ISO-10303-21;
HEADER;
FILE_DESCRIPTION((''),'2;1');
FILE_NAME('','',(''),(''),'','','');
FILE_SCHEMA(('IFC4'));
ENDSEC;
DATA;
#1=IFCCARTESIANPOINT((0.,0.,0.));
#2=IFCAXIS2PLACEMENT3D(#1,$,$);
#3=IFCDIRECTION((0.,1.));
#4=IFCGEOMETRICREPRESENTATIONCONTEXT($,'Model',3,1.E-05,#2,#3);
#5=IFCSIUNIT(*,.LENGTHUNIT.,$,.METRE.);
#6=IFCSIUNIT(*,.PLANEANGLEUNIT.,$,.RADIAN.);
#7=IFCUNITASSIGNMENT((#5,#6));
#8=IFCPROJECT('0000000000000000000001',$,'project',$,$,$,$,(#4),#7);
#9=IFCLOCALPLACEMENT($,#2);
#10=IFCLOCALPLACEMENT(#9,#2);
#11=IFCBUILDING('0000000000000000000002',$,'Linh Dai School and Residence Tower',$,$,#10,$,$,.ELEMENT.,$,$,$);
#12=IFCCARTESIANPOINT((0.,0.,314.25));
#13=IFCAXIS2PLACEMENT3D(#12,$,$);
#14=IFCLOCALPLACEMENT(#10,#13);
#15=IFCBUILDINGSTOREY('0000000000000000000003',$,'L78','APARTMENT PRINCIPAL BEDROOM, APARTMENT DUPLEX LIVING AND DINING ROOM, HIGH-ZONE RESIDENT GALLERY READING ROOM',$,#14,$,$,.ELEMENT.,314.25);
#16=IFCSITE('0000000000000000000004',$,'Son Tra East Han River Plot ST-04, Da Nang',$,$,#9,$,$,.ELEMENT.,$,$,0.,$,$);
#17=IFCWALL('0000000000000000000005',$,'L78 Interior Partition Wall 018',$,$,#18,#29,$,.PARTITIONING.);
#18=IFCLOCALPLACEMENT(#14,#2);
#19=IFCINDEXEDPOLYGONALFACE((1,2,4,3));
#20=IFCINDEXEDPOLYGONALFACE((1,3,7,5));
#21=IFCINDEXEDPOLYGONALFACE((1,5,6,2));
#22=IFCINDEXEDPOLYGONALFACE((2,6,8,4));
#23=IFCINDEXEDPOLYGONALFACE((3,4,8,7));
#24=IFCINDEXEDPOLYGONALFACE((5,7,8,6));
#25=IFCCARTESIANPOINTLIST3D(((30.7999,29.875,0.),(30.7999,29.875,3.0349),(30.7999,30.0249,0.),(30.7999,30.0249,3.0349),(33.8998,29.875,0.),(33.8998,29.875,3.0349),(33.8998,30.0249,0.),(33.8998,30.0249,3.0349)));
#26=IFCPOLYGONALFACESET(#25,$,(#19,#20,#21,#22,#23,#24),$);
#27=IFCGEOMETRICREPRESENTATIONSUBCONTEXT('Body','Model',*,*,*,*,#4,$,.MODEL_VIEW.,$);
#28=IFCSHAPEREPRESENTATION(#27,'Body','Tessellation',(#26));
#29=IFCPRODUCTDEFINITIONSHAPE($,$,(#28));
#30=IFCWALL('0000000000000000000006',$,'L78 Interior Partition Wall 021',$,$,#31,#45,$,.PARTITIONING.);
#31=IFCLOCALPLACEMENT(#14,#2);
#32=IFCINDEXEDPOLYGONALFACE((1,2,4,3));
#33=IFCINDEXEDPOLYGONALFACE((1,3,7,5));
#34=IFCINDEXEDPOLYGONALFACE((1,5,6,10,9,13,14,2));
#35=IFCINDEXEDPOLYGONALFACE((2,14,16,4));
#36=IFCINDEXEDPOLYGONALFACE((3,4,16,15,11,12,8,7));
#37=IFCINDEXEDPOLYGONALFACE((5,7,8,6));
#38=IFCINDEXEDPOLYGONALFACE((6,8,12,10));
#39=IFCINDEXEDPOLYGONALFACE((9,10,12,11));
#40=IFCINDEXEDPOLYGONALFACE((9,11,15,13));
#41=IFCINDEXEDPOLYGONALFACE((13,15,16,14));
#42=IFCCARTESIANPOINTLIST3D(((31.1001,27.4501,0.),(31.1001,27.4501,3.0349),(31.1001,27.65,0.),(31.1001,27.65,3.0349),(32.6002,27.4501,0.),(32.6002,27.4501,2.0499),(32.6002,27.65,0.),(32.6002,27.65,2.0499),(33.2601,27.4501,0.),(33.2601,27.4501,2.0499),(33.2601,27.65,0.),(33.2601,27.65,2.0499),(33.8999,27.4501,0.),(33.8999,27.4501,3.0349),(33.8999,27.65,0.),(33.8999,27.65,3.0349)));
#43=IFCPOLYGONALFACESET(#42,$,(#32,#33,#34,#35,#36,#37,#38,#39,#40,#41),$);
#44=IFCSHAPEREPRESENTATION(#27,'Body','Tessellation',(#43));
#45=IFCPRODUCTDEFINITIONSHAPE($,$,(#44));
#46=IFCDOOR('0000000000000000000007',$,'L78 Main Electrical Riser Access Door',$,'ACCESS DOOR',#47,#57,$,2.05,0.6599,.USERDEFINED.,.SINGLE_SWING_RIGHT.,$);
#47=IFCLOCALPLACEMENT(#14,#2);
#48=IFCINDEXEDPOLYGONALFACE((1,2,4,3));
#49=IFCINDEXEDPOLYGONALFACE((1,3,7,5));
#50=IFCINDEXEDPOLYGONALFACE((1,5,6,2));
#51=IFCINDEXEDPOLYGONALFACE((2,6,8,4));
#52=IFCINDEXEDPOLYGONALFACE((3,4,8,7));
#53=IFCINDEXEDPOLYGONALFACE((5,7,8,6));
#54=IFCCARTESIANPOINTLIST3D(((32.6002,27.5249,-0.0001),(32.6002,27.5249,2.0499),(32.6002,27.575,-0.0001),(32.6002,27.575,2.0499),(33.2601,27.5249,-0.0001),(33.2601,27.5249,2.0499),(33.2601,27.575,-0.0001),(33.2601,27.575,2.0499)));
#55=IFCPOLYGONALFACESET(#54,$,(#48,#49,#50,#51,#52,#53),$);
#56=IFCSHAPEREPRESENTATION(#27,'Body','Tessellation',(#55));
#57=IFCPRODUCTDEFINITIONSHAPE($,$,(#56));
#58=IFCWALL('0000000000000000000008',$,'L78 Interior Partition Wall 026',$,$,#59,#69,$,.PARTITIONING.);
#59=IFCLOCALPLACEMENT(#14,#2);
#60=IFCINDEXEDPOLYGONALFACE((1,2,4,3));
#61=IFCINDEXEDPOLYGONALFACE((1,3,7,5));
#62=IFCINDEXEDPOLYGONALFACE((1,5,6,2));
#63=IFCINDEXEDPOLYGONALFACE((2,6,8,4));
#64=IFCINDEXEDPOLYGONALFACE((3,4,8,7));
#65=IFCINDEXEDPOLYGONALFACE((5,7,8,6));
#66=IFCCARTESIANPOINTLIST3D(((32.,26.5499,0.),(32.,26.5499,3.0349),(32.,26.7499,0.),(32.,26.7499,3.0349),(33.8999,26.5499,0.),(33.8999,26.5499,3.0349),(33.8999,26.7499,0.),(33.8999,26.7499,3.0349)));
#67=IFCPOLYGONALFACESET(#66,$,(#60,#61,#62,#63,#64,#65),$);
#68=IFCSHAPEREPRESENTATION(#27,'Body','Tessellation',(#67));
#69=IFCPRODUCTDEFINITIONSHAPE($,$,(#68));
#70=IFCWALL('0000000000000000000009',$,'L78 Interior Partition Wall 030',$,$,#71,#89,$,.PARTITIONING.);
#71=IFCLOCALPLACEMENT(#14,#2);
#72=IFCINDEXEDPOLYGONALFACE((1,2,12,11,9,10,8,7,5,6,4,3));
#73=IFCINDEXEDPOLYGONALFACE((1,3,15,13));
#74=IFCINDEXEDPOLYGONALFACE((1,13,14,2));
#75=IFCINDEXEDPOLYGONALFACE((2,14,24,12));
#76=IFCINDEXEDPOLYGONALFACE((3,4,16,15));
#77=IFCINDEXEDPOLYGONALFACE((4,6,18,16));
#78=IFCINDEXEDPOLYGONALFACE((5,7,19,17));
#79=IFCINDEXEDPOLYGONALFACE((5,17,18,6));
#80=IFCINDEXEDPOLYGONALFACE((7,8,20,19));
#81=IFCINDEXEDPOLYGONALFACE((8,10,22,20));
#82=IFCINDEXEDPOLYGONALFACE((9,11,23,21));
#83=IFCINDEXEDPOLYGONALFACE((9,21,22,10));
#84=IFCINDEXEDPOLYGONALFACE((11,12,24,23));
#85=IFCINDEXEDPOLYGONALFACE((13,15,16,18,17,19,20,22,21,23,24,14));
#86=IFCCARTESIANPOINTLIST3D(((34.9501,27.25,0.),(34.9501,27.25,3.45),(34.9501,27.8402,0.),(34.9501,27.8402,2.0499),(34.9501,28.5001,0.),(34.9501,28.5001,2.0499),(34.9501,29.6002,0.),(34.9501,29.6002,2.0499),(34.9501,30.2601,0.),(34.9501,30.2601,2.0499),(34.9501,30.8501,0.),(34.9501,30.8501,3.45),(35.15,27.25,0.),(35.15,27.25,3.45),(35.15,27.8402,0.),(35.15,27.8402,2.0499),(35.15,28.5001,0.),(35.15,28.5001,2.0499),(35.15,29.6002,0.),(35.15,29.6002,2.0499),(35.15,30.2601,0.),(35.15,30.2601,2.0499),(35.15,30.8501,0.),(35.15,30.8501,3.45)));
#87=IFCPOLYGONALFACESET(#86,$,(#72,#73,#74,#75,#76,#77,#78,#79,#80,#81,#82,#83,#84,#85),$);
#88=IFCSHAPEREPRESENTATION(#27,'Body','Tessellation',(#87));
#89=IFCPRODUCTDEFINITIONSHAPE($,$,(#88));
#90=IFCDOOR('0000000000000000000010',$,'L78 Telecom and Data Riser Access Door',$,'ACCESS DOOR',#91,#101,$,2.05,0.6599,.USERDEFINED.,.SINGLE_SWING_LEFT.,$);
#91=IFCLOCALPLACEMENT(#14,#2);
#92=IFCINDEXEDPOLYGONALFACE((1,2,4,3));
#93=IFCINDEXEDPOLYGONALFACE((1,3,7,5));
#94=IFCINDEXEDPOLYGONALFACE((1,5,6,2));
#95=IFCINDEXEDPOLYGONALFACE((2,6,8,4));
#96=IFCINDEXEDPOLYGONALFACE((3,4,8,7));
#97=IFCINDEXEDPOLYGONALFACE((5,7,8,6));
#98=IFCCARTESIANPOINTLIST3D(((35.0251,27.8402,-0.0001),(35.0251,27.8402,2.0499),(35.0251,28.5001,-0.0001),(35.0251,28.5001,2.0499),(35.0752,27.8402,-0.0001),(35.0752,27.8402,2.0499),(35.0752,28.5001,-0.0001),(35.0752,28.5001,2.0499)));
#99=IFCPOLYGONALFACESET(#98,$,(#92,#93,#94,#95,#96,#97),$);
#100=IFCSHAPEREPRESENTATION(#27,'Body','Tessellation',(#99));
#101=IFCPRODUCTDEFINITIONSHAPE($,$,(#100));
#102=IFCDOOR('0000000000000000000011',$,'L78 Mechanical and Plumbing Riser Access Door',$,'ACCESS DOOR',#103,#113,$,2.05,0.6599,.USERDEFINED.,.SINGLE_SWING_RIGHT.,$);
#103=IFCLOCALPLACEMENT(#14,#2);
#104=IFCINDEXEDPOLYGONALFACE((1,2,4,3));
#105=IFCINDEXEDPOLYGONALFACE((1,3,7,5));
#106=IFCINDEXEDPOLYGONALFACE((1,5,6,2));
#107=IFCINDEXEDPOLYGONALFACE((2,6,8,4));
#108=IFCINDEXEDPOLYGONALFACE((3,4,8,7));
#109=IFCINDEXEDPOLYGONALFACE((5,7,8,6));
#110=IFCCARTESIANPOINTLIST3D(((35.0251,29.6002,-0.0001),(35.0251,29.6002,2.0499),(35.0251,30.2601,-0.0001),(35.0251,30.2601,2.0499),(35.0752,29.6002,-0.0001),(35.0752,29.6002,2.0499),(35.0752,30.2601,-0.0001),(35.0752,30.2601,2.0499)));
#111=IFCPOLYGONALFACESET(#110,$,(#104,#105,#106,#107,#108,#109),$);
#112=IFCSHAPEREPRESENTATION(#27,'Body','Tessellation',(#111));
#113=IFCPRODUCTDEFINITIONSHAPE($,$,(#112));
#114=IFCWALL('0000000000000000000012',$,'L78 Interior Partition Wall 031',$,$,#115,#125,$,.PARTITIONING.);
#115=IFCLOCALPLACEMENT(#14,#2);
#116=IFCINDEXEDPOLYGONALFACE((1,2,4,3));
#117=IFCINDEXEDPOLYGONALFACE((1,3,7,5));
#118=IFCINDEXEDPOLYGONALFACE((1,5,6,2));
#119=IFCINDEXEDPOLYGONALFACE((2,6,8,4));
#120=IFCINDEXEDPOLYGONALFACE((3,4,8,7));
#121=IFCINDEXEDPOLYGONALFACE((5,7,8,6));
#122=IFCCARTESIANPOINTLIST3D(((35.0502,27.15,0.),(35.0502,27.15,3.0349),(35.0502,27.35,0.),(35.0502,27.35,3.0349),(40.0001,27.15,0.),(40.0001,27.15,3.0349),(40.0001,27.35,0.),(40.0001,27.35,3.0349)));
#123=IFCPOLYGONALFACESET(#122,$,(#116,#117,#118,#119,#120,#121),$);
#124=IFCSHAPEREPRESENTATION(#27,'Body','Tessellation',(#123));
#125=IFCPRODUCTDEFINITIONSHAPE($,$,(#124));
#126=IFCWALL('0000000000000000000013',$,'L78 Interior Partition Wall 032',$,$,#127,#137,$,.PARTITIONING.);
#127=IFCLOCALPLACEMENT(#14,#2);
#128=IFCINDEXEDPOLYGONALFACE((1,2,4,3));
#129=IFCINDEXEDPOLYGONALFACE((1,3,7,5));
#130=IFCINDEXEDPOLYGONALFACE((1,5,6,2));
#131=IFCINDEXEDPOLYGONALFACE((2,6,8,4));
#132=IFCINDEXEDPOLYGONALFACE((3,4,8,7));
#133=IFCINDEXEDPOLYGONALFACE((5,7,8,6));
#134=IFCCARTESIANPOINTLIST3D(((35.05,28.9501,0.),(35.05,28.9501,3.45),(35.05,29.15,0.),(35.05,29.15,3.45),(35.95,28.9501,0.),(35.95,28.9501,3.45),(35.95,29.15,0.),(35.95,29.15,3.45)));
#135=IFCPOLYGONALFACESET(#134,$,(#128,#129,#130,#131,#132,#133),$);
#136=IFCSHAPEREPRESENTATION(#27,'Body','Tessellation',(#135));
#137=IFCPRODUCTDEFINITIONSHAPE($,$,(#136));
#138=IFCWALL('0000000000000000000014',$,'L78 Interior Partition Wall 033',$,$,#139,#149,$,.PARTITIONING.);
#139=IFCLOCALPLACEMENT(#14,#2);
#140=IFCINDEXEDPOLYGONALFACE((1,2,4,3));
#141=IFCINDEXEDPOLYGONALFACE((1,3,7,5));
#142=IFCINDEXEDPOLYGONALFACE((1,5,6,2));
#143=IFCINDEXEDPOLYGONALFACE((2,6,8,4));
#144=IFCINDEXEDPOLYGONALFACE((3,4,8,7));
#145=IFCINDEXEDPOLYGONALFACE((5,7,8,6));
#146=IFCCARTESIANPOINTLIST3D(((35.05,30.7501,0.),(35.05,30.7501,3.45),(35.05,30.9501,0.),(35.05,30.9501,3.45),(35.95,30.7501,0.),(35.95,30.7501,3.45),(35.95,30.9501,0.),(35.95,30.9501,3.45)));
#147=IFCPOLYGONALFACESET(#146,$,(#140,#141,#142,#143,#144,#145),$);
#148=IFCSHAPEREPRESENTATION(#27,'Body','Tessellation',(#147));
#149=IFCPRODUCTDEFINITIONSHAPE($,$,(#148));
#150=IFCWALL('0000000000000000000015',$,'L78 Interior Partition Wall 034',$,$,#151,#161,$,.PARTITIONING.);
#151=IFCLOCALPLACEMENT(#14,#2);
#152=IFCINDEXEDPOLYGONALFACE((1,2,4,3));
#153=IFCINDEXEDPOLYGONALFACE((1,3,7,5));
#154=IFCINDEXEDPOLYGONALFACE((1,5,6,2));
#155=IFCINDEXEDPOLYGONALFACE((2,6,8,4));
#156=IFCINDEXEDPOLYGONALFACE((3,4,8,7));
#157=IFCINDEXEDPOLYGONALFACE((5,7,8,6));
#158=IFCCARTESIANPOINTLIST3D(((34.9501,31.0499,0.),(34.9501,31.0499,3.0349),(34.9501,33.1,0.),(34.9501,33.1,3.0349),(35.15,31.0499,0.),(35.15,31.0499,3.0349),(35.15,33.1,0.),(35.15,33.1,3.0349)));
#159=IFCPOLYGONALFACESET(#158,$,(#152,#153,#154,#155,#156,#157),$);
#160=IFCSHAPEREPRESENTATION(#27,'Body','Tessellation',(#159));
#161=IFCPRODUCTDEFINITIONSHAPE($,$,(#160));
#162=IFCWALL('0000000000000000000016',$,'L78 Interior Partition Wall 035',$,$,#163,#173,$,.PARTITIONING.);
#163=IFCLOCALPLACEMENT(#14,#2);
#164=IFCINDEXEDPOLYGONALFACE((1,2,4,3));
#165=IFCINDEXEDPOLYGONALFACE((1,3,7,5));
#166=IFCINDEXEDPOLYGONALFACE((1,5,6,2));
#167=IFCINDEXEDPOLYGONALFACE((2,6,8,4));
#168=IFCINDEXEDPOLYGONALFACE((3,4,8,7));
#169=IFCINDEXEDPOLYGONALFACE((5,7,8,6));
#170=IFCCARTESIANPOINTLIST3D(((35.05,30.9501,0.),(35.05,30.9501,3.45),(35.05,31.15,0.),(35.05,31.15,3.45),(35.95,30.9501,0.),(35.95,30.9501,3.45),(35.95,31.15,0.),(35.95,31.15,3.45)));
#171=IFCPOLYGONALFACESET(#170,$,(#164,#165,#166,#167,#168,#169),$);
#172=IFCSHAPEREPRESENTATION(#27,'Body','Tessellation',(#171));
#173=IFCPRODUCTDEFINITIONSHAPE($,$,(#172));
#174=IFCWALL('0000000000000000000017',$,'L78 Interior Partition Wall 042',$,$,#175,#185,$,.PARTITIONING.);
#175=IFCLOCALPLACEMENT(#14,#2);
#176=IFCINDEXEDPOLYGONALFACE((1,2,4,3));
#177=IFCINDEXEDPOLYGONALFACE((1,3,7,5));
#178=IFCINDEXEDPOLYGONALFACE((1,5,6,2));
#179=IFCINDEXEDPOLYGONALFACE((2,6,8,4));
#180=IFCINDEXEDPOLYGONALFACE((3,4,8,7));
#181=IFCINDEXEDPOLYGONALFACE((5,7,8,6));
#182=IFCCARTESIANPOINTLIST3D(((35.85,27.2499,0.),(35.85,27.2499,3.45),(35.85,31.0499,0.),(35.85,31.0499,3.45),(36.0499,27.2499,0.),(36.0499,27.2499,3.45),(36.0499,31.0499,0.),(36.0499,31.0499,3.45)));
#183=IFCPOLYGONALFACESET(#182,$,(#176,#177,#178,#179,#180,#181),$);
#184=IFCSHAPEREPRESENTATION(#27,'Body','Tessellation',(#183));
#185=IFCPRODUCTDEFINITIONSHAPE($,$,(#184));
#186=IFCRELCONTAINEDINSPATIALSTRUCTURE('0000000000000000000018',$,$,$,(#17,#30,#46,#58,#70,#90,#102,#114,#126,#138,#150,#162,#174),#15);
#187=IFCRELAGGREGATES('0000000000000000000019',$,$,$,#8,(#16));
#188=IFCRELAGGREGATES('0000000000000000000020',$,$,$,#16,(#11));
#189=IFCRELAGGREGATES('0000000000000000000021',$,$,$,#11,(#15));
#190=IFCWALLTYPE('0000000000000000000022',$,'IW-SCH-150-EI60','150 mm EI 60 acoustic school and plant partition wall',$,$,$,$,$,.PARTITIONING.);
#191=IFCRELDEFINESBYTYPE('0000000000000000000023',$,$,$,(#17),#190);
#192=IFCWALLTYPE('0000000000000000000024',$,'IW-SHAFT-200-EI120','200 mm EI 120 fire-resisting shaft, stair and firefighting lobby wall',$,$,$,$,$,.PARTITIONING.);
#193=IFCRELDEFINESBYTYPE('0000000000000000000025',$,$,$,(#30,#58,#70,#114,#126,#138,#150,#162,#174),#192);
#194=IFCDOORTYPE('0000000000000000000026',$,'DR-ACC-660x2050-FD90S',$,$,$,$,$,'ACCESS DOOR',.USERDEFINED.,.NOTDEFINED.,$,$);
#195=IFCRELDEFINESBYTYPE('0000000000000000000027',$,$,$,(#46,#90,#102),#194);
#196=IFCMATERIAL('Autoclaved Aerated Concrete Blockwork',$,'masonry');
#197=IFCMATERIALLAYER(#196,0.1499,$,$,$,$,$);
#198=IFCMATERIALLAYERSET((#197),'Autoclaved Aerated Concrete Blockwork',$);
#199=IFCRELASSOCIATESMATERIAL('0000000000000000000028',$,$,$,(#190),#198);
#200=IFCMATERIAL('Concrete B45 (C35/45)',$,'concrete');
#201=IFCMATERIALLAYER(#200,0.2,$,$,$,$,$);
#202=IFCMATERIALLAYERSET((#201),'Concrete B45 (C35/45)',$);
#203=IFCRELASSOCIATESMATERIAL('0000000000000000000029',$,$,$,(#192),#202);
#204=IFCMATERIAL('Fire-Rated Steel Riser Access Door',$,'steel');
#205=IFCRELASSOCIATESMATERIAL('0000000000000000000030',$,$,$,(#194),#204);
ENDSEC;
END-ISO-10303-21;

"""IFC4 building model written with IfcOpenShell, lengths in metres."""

from ifc_helpers import new_model, si_unit, direction, frame, frame_2d, origin, origin_2d, place, context, subcontext, project, spatial, rectangle, extrude, source, transform, mapped, material, layer, layer_set, type_object, element, fill, save


model = new_model("IFC4")

# Units and contexts
model_context = context("Model", 3, precision=1e-05, world=origin(), true_north=direction((0.0, 1.0)))
body_context = subcontext(model_context, "Body", "Model", "MODEL_VIEW")
ifc_project = project(units=[si_unit("LENGTHUNIT", "METRE"), si_unit("PLANEANGLEUNIT", "RADIAN")], contexts=[model_context])

# Site, building, storey
site_placement = place(None, origin())
site = spatial("IfcSite", under=ifc_project, at=site_placement, Name="Son Tra East Han River Plot ST-04, Da Nang", CompositionType="ELEMENT", RefElevation=0.0)
building_placement = place(site_placement, origin())
building = spatial("IfcBuilding", under=site, at=building_placement, Name="Linh Dai School and Residence Tower", CompositionType="ELEMENT")
storey_placement = place(building_placement, frame((0.0, 0.0, 314.25)))
storey = spatial("IfcBuildingStorey", under=building, at=storey_placement, Name="L78", Description="APARTMENT PRINCIPAL BEDROOM, APARTMENT DUPLEX LIVING AND DINING ROOM, HIGH-ZONE RESIDENT GALLERY READING ROOM", CompositionType="ELEMENT", Elevation=314.25)

# Shared definitions
ifc_material_1 = material(Name="Autoclaved Aerated Concrete Blockwork", Category="masonry")

# Wall
ifc_layer_1 = layer(ifc_material_1, 0.1499)
ifc_layer_set_1 = layer_set([ifc_layer_1], Name="Autoclaved Aerated Concrete Blockwork")
wall_type_1 = type_object("IfcWallType", Name="IW-SCH-150-EI60", Description="150 mm EI 60 acoustic school and plant partition wall", PredefinedType="PARTITIONING", material=ifc_layer_set_1)
wall_1_placement = place(storey_placement, frame((30.8, 29.95, 0.0), z_axis=(0.0, 0.0, 1.0), x_axis=(1.0, 0.0, 0.0)))
element("IfcWall", 1, at=wall_1_placement, inside=storey, type_object=wall_type_1, Name="L78 Interior Partition Wall 018", PredefinedType="PARTITIONING", context=body_context, shape_type="SweptSolid", body=[
    extrude(rectangle(XDim=3.0999, YDim=0.1499, at=frame_2d((1.5498, 0.0))), origin(), (0.0, 0.0, 1.0), 3.0349),
])

# Wall, opening, door
ifc_material_2 = material(Name="Concrete B45 (C35/45)", Category="concrete")
ifc_layer_2 = layer(ifc_material_2, 0.2)
ifc_layer_set_2 = layer_set([ifc_layer_2], Name="Concrete B45 (C35/45)")
wall_type_2 = type_object("IfcWallType", Name="IW-SHAFT-200-EI120", Description="200 mm EI 120 fire-resisting shaft, stair and firefighting lobby wall", PredefinedType="PARTITIONING", material=ifc_layer_set_2)
wall_2_placement = place(storey_placement, frame((31.1001, 27.55, 0.0), z_axis=(0.0, 0.0, 1.0), x_axis=(1.0, 0.0, 0.0)))
wall_2 = element("IfcWall", 2, at=wall_2_placement, inside=storey, type_object=wall_type_2, Name="L78 Interior Partition Wall 021", PredefinedType="PARTITIONING", context=body_context, shape_type="SweptSolid", body=[
    extrude(rectangle(XDim=2.7998, YDim=0.2, at=frame_2d((1.3999, 0.0))), origin(), (0.0, 0.0, 1.0), 3.0349),
])
opening_1_placement = place(wall_2_placement, frame((1.5, 0.0, 0.0)))
opening_1 = element("IfcOpeningElement", 3, at=opening_1_placement, cuts=wall_2, PredefinedType="OPENING", context=body_context, shape_type="SweptSolid", body=[
    extrude(rectangle(XDim=0.6599, YDim=2.05, at=origin_2d()), frame((0.3301, 0.1099, 1.0249), z_axis=(0.0, -1.0, 0.0), x_axis=(1.0, 0.0, 0.0)), (0.0, 0.0, 1.0), 0.22),
])
ifc_material_3 = material(Name="Fire-Rated Steel Riser Access Door", Category="steel")
door_type_1 = type_object("IfcDoorType", Name="DR-ACC-660x2050-FD90S", ElementType="ACCESS DOOR", OperationType="NOTDEFINED", PredefinedType="USERDEFINED", material=ifc_material_3)
shared_shape_1 = source(origin(), body_context, "Body", "SweptSolid", [
    extrude(rectangle(XDim=0.6599, YDim=2.05, at=origin_2d()), frame((0.3301, 0.0249, 1.0249), z_axis=(0.0, -1.0, 0.0), x_axis=(1.0, 0.0, 0.0)), (0.0, 0.0, 1.0), 0.05),
])
door_1_placement = place(opening_1_placement, origin())
door_1 = element("IfcDoor", 4, at=door_1_placement, inside=storey, type_object=door_type_1, Name="L78 Main Electrical Riser Access Door", ObjectType="ACCESS DOOR", OperationType="SINGLE_SWING_RIGHT", OverallHeight=2.05, OverallWidth=0.6599, PredefinedType="USERDEFINED", context=body_context, shape_type="MappedRepresentation", body=[
    mapped(shared_shape_1, transform((0.0, 0.0, 0.0), x_axis=(1.0, 0.0, 0.0), y_axis=(0.0, 1.0, 0.0), z_axis=(0.0, 0.0, 1.0), scale=1.0)),
])
fill(opening_1, door_1)

# Wall
wall_3_placement = place(storey_placement, frame((32.0, 26.6499, 0.0), z_axis=(0.0, 0.0, 1.0), x_axis=(1.0, 0.0, 0.0)))
element("IfcWall", 5, at=wall_3_placement, inside=storey, type_object=wall_type_2, Name="L78 Interior Partition Wall 026", PredefinedType="PARTITIONING", context=body_context, shape_type="SweptSolid", body=[
    extrude(rectangle(XDim=1.8999, YDim=0.2, at=frame_2d((0.95, 0.0))), origin(), (0.0, 0.0, 1.0), 3.0349),
])

# Wall, openings, doors
wall_4_placement = place(storey_placement, frame((35.05, 27.25, 0.0), z_axis=(0.0, 0.0, 1.0), x_axis=(0.0, 1.0, 0.0)))
wall_4 = element("IfcWall", 6, at=wall_4_placement, inside=storey, type_object=wall_type_2, Name="L78 Interior Partition Wall 030", PredefinedType="PARTITIONING", context=body_context, shape_type="SweptSolid", body=[
    extrude(rectangle(XDim=3.6001, YDim=0.2, at=frame_2d((1.8, 0.0))), origin(), (0.0, 0.0, 1.0), 3.45),
])
opening_2_placement = place(wall_4_placement, frame((0.5901, 0.0, 0.0)))
opening_2 = element("IfcOpeningElement", 7, at=opening_2_placement, cuts=wall_4, PredefinedType="OPENING", context=body_context, shape_type="SweptSolid", body=[
    extrude(rectangle(XDim=0.6599, YDim=2.05, at=origin_2d()), frame((0.3301, 0.1099, 1.0249), z_axis=(0.0, -1.0, 0.0), x_axis=(1.0, 0.0, 0.0)), (0.0, 0.0, 1.0), 0.22),
])
opening_3_placement = place(wall_4_placement, frame((2.3501, 0.0, 0.0)))
opening_3 = element("IfcOpeningElement", 8, at=opening_3_placement, cuts=wall_4, PredefinedType="OPENING", context=body_context, shape_type="SweptSolid", body=[
    extrude(rectangle(XDim=0.6599, YDim=2.05, at=origin_2d()), frame((0.3301, 0.1099, 1.0249), z_axis=(0.0, -1.0, 0.0), x_axis=(1.0, 0.0, 0.0)), (0.0, 0.0, 1.0), 0.22),
])
door_2_placement = place(opening_2_placement, origin())
door_2 = element("IfcDoor", 9, at=door_2_placement, inside=storey, type_object=door_type_1, Name="L78 Telecom and Data Riser Access Door", ObjectType="ACCESS DOOR", OperationType="SINGLE_SWING_LEFT", OverallHeight=2.05, OverallWidth=0.6599, PredefinedType="USERDEFINED", context=body_context, shape_type="MappedRepresentation", body=[
    mapped(shared_shape_1, transform((0.0, 0.0, 0.0), x_axis=(1.0, 0.0, 0.0), y_axis=(0.0, 1.0, 0.0), z_axis=(0.0, 0.0, 1.0), scale=1.0)),
])
fill(opening_2, door_2)
door_3_placement = place(opening_3_placement, origin())
door_3 = element("IfcDoor", 10, at=door_3_placement, inside=storey, type_object=door_type_1, Name="L78 Mechanical and Plumbing Riser Access Door", ObjectType="ACCESS DOOR", OperationType="SINGLE_SWING_RIGHT", OverallHeight=2.05, OverallWidth=0.6599, PredefinedType="USERDEFINED", context=body_context, shape_type="MappedRepresentation", body=[
    mapped(shared_shape_1, transform((0.0, 0.0, 0.0), x_axis=(1.0, 0.0, 0.0), y_axis=(0.0, 1.0, 0.0), z_axis=(0.0, 0.0, 1.0), scale=1.0)),
])
fill(opening_3, door_3)

# Walls
wall_5_placement = place(storey_placement, frame((35.05, 27.25, 0.0), z_axis=(0.0, 0.0, 1.0), x_axis=(1.0, 0.0, 0.0)))
element("IfcWall", 11, at=wall_5_placement, inside=storey, type_object=wall_type_2, Name="L78 Interior Partition Wall 031", PredefinedType="PARTITIONING", context=body_context, shape_type="SweptSolid", body=[
    extrude(rectangle(XDim=4.95, YDim=0.2, at=frame_2d((2.4751, 0.0))), origin(), (0.0, 0.0, 1.0), 3.0349),
])
for number, where, z_axis, x_axis, name in (
    (12, (35.05, 29.05, 0.0), (0.0, 0.0, 1.0), (1.0, 0.0, 0.0), "L78 Interior Partition Wall 032"),
    (13, (35.05, 30.8501, 0.0), (0.0, 0.0, 1.0), (1.0, 0.0, 0.0), "L78 Interior Partition Wall 033"),
):
    element("IfcWall", number, at=place(storey_placement, frame(where, z_axis=z_axis, x_axis=x_axis)), inside=storey, type_object=wall_type_2, Name=name, PredefinedType="PARTITIONING", context=body_context, shape_type="SweptSolid", body=[
        extrude(rectangle(XDim=0.8999, YDim=0.2, at=frame_2d((0.45, 0.0))), origin(), (0.0, 0.0, 1.0), 3.45),
    ])
wall_6_placement = place(storey_placement, frame((35.05, 31.05, 0.0), z_axis=(0.0, 0.0, 1.0), x_axis=(0.0, 1.0, 0.0)))
element("IfcWall", 14, at=wall_6_placement, inside=storey, type_object=wall_type_2, Name="L78 Interior Partition Wall 034", PredefinedType="PARTITIONING", context=body_context, shape_type="SweptSolid", body=[
    extrude(rectangle(XDim=2.05, YDim=0.2, at=frame_2d((1.0249, 0.0))), origin(), (0.0, 0.0, 1.0), 3.0349),
])
wall_7_placement = place(storey_placement, frame((35.05, 31.05, 0.0), z_axis=(0.0, 0.0, 1.0), x_axis=(1.0, 0.0, 0.0)))
element("IfcWall", 15, at=wall_7_placement, inside=storey, type_object=wall_type_2, Name="L78 Interior Partition Wall 035", PredefinedType="PARTITIONING", context=body_context, shape_type="SweptSolid", body=[
    extrude(rectangle(XDim=0.8999, YDim=0.2, at=frame_2d((0.45, 0.0))), origin(), (0.0, 0.0, 1.0), 3.45),
])
wall_8_placement = place(storey_placement, frame((35.95, 27.25, 0.0), z_axis=(0.0, 0.0, 1.0), x_axis=(0.0, 1.0, 0.0)))
element("IfcWall", 16, at=wall_8_placement, inside=storey, type_object=wall_type_2, Name="L78 Interior Partition Wall 042", PredefinedType="PARTITIONING", context=body_context, shape_type="SweptSolid", body=[
    extrude(rectangle(XDim=3.8, YDim=0.2, at=frame_2d((1.8999, 0.0))), origin(), (0.0, 0.0, 1.0), 3.45),
])

save(model, "model.ifc")
